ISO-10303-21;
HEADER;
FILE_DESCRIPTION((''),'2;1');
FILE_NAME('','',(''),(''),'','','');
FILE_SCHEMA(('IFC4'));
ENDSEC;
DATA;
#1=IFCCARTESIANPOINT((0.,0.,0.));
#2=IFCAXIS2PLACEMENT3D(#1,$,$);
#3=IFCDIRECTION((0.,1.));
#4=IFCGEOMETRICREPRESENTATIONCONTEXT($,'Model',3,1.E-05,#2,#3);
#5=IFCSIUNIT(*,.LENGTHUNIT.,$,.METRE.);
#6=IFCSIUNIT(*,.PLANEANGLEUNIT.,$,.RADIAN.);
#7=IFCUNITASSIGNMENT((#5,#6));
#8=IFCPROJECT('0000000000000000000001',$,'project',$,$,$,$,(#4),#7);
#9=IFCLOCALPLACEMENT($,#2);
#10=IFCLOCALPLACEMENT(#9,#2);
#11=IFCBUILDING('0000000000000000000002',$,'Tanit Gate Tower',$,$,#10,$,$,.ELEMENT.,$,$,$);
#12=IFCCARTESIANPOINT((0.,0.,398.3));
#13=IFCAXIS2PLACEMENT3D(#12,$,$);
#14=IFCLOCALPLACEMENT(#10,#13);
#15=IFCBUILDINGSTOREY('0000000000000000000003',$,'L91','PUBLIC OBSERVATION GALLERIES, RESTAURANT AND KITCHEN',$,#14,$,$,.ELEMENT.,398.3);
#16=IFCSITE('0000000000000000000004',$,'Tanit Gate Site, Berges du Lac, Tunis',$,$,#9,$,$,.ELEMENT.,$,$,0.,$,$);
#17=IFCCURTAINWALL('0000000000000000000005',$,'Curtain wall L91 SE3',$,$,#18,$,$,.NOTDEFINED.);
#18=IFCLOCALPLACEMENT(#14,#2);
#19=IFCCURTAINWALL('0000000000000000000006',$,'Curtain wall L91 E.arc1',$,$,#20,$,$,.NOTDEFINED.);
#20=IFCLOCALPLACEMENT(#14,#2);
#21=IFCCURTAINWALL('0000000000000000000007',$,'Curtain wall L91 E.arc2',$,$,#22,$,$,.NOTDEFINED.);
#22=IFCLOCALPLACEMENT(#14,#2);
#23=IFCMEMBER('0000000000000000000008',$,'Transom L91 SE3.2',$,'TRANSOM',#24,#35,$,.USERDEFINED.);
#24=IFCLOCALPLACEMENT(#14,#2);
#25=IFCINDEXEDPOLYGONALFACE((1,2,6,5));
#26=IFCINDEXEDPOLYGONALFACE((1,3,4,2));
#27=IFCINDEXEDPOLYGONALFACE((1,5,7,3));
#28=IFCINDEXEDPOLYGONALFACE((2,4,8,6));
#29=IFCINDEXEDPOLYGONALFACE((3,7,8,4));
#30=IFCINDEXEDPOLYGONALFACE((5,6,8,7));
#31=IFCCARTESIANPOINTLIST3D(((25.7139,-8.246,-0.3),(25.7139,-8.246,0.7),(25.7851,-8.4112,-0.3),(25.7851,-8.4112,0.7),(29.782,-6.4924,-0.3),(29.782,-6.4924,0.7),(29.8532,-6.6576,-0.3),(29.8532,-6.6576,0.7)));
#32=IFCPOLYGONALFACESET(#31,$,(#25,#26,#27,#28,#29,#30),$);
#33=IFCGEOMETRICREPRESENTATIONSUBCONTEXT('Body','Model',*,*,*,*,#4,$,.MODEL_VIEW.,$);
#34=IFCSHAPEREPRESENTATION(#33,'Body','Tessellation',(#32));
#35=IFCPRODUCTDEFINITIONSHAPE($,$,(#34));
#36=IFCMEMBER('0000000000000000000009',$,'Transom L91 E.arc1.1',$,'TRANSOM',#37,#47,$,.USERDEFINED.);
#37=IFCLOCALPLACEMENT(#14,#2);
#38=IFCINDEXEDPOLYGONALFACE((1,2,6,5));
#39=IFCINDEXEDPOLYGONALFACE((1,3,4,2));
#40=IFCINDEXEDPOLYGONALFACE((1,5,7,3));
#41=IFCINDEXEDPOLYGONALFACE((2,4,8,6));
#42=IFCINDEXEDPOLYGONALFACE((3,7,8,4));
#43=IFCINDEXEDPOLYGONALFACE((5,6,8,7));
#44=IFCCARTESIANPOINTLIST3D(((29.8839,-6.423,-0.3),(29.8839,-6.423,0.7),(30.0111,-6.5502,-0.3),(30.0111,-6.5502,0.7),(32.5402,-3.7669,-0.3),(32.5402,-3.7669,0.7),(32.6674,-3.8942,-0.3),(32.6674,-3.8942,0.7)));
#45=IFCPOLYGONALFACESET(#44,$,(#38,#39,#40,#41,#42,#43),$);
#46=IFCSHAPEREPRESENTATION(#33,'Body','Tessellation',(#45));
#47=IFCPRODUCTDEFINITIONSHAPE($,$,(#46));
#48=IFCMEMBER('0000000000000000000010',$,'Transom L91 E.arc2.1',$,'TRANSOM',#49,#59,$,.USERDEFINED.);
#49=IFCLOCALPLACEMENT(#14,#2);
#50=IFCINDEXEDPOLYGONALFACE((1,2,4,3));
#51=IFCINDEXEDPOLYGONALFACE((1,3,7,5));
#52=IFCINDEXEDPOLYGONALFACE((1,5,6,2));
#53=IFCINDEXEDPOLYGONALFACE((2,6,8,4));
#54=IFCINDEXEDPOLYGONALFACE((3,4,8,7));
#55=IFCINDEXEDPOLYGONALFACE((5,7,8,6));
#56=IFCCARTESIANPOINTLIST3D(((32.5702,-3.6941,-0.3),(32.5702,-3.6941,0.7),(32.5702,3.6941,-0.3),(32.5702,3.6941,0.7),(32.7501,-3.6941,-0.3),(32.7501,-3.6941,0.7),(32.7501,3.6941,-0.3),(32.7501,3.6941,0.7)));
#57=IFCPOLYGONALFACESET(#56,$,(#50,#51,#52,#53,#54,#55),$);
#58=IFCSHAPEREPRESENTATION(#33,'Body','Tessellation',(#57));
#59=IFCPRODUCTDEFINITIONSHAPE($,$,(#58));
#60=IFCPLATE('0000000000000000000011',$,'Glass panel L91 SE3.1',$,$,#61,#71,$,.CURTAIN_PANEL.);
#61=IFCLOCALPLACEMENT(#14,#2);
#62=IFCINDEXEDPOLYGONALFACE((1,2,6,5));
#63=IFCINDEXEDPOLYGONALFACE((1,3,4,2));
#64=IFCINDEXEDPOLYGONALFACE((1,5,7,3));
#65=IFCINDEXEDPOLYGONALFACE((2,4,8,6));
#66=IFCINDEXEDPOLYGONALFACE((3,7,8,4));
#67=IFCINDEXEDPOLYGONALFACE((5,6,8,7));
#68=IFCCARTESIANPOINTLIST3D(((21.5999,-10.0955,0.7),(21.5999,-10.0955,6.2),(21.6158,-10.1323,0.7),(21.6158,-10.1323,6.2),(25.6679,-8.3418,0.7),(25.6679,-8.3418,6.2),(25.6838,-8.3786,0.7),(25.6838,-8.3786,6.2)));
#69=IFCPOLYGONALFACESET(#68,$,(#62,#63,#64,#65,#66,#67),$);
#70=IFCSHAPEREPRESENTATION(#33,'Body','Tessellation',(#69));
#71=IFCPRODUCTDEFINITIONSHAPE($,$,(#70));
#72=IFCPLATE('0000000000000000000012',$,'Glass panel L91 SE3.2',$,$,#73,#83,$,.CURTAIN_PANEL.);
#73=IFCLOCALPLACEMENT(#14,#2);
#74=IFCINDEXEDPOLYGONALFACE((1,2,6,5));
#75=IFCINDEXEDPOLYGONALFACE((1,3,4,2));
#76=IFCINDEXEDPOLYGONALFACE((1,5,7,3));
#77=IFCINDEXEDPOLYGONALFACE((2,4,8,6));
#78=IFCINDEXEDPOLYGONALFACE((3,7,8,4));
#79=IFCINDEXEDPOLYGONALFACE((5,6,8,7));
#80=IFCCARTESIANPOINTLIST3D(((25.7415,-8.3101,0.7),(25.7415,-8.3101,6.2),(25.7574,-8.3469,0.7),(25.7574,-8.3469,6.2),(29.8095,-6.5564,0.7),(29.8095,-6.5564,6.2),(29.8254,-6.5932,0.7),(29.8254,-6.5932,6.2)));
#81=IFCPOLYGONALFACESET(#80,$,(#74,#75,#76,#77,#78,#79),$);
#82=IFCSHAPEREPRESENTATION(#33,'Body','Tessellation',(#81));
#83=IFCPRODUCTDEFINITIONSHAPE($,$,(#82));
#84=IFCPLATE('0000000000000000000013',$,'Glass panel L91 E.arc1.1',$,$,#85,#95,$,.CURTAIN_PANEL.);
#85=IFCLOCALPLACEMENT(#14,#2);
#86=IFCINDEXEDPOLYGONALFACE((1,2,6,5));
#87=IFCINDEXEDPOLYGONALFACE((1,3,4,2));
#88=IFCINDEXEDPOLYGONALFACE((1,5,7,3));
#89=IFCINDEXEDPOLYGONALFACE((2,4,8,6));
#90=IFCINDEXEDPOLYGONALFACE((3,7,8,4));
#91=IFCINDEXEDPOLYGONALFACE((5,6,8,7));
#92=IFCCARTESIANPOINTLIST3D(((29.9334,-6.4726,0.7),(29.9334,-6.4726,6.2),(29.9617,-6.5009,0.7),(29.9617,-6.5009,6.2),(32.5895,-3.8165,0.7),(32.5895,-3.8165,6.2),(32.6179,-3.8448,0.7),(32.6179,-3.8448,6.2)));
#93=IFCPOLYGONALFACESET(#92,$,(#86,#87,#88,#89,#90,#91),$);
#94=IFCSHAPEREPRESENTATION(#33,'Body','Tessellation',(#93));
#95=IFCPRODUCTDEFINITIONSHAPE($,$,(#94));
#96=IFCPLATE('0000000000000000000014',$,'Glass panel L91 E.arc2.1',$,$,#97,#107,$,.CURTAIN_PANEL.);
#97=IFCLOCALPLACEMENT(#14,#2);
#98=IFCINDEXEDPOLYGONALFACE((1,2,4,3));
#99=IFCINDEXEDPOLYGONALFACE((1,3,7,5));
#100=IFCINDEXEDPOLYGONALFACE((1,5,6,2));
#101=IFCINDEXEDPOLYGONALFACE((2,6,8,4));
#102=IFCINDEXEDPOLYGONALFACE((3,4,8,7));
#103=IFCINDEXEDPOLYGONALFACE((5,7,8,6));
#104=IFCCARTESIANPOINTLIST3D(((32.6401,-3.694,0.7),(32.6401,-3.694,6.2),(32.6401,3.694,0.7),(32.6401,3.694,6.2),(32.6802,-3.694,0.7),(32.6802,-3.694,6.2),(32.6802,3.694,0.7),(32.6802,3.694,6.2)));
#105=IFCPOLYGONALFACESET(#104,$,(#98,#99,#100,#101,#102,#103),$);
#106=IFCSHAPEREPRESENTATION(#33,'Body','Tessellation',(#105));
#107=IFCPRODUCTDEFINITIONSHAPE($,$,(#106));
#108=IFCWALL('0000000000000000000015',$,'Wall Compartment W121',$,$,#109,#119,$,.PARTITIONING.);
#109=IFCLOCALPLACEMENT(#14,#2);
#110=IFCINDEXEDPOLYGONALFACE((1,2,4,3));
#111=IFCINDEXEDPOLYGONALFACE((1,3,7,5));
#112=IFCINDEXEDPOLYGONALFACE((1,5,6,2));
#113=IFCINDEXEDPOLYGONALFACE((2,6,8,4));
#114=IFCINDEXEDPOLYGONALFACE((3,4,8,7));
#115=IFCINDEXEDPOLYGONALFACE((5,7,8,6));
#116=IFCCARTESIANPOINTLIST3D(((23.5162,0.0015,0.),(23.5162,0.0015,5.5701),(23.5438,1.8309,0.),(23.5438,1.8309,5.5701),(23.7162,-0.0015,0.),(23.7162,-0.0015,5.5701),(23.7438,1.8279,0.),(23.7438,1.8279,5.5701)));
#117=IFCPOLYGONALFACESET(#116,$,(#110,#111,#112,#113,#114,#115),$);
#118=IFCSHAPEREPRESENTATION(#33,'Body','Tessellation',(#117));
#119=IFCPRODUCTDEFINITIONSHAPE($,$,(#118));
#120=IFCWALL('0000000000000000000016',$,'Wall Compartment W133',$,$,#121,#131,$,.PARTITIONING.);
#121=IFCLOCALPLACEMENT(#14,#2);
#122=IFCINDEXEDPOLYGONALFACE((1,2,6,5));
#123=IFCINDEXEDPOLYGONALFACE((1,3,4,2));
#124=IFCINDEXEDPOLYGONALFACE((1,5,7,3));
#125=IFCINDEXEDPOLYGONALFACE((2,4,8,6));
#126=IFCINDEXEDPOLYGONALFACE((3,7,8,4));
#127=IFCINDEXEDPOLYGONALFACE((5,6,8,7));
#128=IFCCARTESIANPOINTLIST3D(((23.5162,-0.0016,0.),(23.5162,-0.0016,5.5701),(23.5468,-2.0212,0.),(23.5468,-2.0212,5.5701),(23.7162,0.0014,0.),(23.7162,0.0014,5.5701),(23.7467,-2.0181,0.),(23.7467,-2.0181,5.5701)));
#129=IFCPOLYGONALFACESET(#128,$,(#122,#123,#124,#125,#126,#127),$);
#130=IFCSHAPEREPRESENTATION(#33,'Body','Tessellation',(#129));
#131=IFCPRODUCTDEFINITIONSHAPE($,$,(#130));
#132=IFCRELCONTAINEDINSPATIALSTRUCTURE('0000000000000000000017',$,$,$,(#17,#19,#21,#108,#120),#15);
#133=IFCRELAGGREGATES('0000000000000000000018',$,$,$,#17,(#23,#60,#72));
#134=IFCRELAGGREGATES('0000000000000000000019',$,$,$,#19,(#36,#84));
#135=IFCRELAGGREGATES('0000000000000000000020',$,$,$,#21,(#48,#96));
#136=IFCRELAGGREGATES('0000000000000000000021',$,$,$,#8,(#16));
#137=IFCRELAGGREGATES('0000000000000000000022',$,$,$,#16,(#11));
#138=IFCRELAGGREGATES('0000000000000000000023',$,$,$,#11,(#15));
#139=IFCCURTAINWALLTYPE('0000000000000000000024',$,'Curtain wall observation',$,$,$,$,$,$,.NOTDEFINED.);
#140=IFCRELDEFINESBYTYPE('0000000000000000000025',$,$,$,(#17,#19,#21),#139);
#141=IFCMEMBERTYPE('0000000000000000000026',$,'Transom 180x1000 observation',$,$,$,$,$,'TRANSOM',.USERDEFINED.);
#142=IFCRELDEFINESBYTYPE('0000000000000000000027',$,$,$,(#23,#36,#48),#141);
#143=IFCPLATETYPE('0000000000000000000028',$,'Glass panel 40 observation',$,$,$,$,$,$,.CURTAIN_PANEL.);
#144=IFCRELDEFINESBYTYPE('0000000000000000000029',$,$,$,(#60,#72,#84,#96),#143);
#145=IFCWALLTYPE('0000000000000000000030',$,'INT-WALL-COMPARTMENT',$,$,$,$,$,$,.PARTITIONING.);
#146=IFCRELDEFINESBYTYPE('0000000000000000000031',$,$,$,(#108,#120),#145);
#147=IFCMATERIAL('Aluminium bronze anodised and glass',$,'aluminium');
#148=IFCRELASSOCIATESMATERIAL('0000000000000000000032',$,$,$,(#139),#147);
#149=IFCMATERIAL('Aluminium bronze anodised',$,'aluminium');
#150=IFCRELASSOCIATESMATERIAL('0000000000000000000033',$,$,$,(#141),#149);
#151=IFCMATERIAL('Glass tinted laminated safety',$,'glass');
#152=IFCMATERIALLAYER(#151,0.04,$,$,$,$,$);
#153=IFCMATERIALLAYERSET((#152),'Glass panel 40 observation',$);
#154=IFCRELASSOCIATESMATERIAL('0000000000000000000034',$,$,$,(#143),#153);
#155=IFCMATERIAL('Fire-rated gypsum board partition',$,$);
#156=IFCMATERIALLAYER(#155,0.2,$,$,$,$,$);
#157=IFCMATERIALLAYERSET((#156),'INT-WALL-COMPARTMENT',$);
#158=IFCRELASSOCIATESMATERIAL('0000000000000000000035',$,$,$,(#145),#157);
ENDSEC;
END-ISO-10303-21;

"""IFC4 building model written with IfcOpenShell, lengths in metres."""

from ifc_helpers import new_model, si_unit, direction, frame, frame_2d, origin, origin_2d, place, context, subcontext, project, spatial, rectangle, extrude, material, layer, layer_set, material_profile, profile_set, type_object, element, aggregate, save


model = new_model("IFC4")

# Units and contexts
model_context = context("Model", 3, precision=1e-05, world=origin(), true_north=direction((0.0, 1.0)))
body_context = subcontext(model_context, "Body", "Model", "MODEL_VIEW")
ifc_project = project(units=[si_unit("LENGTHUNIT", "METRE"), si_unit("PLANEANGLEUNIT", "RADIAN")], contexts=[model_context])

# Site, building, storey
site_placement = place(None, origin())
site = spatial("IfcSite", under=ifc_project, at=site_placement, Name="Tanit Gate Site, Berges du Lac, Tunis", CompositionType="ELEMENT", RefElevation=0.0)
building_placement = place(site_placement, origin())
building = spatial("IfcBuilding", under=site, at=building_placement, Name="Tanit Gate Tower", CompositionType="ELEMENT")
storey_placement = place(building_placement, frame((0.0, 0.0, 398.3)))
storey = spatial("IfcBuildingStorey", under=building, at=storey_placement, Name="L91", Description="PUBLIC OBSERVATION GALLERIES, RESTAURANT AND KITCHEN", CompositionType="ELEMENT", Elevation=398.3)

# Curtain walls
ifc_material_1 = material(Name="Aluminium bronze anodised and glass", Category="aluminium")
curtain_wall_type = type_object("IfcCurtainWallType", Name="Curtain wall observation", PredefinedType="NOTDEFINED", material=ifc_material_1)
curtain_wall_1_placement = place(storey_placement, origin())
curtain_wall_1 = element("IfcCurtainWall", 1, at=curtain_wall_1_placement, inside=storey, type_object=curtain_wall_type, Name="Curtain wall L91 SE3", PredefinedType="NOTDEFINED")
curtain_wall_2_placement = place(storey_placement, origin())
curtain_wall_2 = element("IfcCurtainWall", 2, at=curtain_wall_2_placement, inside=storey, type_object=curtain_wall_type, Name="Curtain wall L91 E.arc1", PredefinedType="NOTDEFINED")

# Curtain wall
curtain_wall_3_placement = place(storey_placement, origin())
curtain_wall_3 = element("IfcCurtainWall", 3, at=curtain_wall_3_placement, inside=storey, type_object=curtain_wall_type, Name="Curtain wall L91 E.arc2", PredefinedType="NOTDEFINED")

# Members
ifc_material_2 = material(Name="Aluminium bronze anodised", Category="aluminium")
ifc_material_profile_1 = material_profile(ifc_material_2, rectangle(XDim=0.1799, YDim=1.0, at=origin_2d()), Name="180x1000 bronze transom")
ifc_profile_set_1 = profile_set([ifc_material_profile_1], Name="Aluminium bronze anodised")
member_type_1 = type_object("IfcMemberType", Name="Transom 180x1000 observation", ElementType="TRANSOM", PredefinedType="USERDEFINED", material=ifc_profile_set_1)
member_1_placement = place(storey_placement, frame((25.7495, -8.3286, 0.2), z_axis=(0.918311, 0.395861, 0.0), x_axis=(-0.395861, 0.918311, 0.0)))
member_1 = element("IfcMember", 4, at=member_1_placement, type_object=member_type_1, Name="Transom L91 SE3.2", ObjectType="TRANSOM", PredefinedType="USERDEFINED", context=body_context, shape_type="SweptSolid", body=[
    extrude(rectangle(XDim=0.1799, YDim=1.0, at=origin_2d()), origin(), (0.0, 0.0, 1.0), 4.4299),
])
member_2_placement = place(storey_placement, frame((29.9475, -6.4866, 0.2), z_axis=(0.707139, 0.707074, 0.0), x_axis=(-0.707074, 0.707139, 0.0)))
member_2 = element("IfcMember", 5, at=member_2_placement, type_object=member_type_1, Name="Transom L91 E.arc1.1", ObjectType="TRANSOM", PredefinedType="USERDEFINED", context=body_context, shape_type="SweptSolid", body=[
    extrude(rectangle(XDim=0.1799, YDim=1.0, at=origin_2d()), origin(), (0.0, 0.0, 1.0), 3.7563),
])
member_3_placement = place(storey_placement, frame((32.6602, -3.6941, 0.2), z_axis=(0.0, 1.0, 0.0), x_axis=(-1.0, 0.0, 0.0)))
member_3 = element("IfcMember", 6, at=member_3_placement, type_object=member_type_1, Name="Transom L91 E.arc2.1", ObjectType="TRANSOM", PredefinedType="USERDEFINED", context=body_context, shape_type="SweptSolid", body=[
    extrude(rectangle(XDim=0.1799, YDim=1.0, at=origin_2d()), origin(), (0.0, 0.0, 1.0), 7.3882),
])

# Plates
ifc_material_3 = material(Name="Glass tinted laminated safety", Category="glass")
ifc_layer_1 = layer(ifc_material_3, 0.04)
ifc_layer_set_1 = layer_set([ifc_layer_1], Name="Glass panel 40 observation")
plate_type = type_object("IfcPlateType", Name="Glass panel 40 observation", PredefinedType="CURTAIN_PANEL", material=ifc_layer_set_1)
plate_1_placement = place(storey_placement, frame((23.6418, -9.2371, 0.7), z_axis=(0.0, 0.0, 1.0), x_axis=(0.918306, 0.395871, 0.0)))
plate_1 = element("IfcPlate", 7, at=plate_1_placement, type_object=plate_type, Name="Glass panel L91 SE3.1", PredefinedType="CURTAIN_PANEL", context=body_context, shape_type="SweptSolid", body=[
    extrude(rectangle(XDim=4.4299, YDim=0.04, at=origin_2d()), origin(), (0.0, 0.0, 1.0), 5.5),
])
plate_2_placement = place(storey_placement, frame((27.7834, -7.4517, 0.7), z_axis=(0.0, 0.0, 1.0), x_axis=(0.918306, 0.395871, 0.0)))
plate_2 = element("IfcPlate", 8, at=plate_2_placement, type_object=plate_type, Name="Glass panel L91 SE3.2", PredefinedType="CURTAIN_PANEL", context=body_context, shape_type="SweptSolid", body=[
    extrude(rectangle(XDim=4.4299, YDim=0.04, at=origin_2d()), origin(), (0.0, 0.0, 1.0), 5.5),
])
aggregate(curtain_wall_1, [member_1, plate_1, plate_2])
plate_3_placement = place(storey_placement, frame((31.2756, -5.1587, 0.7), z_axis=(0.0, 0.0, 1.0), x_axis=(0.707107, 0.707107, 0.0)))
plate_3 = element("IfcPlate", 9, at=plate_3_placement, type_object=plate_type, Name="Glass panel L91 E.arc1.1", PredefinedType="CURTAIN_PANEL", context=body_context, shape_type="SweptSolid", body=[
    extrude(rectangle(XDim=3.7563, YDim=0.04, at=origin_2d()), origin(), (0.0, 0.0, 1.0), 5.5),
])
aggregate(curtain_wall_2, [member_2, plate_3])
plate_4_placement = place(storey_placement, frame((32.6602, 0.0, 0.7), z_axis=(0.0, 0.0, 1.0), x_axis=(0.0, 1.0, 0.0)))
plate_4 = element("IfcPlate", 10, at=plate_4_placement, type_object=plate_type, Name="Glass panel L91 E.arc2.1", PredefinedType="CURTAIN_PANEL", context=body_context, shape_type="SweptSolid", body=[
    extrude(rectangle(XDim=7.3879, YDim=0.04, at=origin_2d()), origin(), (0.0, 0.0, 1.0), 5.5),
])
aggregate(curtain_wall_3, [member_3, plate_4])

# Walls
ifc_material_4 = material(Name="Fire-rated gypsum board partition")
ifc_layer_2 = layer(ifc_material_4, 0.2)
ifc_layer_set_2 = layer_set([ifc_layer_2], Name="INT-WALL-COMPARTMENT")
wall_type = type_object("IfcWallType", Name="INT-WALL-COMPARTMENT", PredefinedType="PARTITIONING", material=ifc_layer_set_2)
wall_1_placement = place(storey_placement, frame((23.6162, 0.0, 0.0), z_axis=(0.0, 0.0, 1.0), x_axis=(0.015079, 0.999886, 0.0)))
element("IfcWall", 11, at=wall_1_placement, inside=storey, type_object=wall_type, Name="Wall Compartment W121", PredefinedType="PARTITIONING", context=body_context, shape_type="SweptSolid", body=[
    extrude(rectangle(XDim=1.8296, YDim=0.2, at=frame_2d((0.9148, 0.0))), origin(), (0.0, 0.0, 1.0), 5.5701),
])
wall_2_placement = place(storey_placement, frame((23.6467, -2.0195, 0.0), z_axis=(0.0, 0.0, 1.0), x_axis=(-0.015109, 0.999886, 0.0)))
element("IfcWall", 12, at=wall_2_placement, inside=storey, type_object=wall_type, Name="Wall Compartment W133", PredefinedType="PARTITIONING", context=body_context, shape_type="SweptSolid", body=[
    extrude(rectangle(XDim=2.0198, YDim=0.2, at=frame_2d((1.0098, 0.0))), origin(), (0.0, 0.0, 1.0), 5.5701),
])

save(model, "model.ifc")
